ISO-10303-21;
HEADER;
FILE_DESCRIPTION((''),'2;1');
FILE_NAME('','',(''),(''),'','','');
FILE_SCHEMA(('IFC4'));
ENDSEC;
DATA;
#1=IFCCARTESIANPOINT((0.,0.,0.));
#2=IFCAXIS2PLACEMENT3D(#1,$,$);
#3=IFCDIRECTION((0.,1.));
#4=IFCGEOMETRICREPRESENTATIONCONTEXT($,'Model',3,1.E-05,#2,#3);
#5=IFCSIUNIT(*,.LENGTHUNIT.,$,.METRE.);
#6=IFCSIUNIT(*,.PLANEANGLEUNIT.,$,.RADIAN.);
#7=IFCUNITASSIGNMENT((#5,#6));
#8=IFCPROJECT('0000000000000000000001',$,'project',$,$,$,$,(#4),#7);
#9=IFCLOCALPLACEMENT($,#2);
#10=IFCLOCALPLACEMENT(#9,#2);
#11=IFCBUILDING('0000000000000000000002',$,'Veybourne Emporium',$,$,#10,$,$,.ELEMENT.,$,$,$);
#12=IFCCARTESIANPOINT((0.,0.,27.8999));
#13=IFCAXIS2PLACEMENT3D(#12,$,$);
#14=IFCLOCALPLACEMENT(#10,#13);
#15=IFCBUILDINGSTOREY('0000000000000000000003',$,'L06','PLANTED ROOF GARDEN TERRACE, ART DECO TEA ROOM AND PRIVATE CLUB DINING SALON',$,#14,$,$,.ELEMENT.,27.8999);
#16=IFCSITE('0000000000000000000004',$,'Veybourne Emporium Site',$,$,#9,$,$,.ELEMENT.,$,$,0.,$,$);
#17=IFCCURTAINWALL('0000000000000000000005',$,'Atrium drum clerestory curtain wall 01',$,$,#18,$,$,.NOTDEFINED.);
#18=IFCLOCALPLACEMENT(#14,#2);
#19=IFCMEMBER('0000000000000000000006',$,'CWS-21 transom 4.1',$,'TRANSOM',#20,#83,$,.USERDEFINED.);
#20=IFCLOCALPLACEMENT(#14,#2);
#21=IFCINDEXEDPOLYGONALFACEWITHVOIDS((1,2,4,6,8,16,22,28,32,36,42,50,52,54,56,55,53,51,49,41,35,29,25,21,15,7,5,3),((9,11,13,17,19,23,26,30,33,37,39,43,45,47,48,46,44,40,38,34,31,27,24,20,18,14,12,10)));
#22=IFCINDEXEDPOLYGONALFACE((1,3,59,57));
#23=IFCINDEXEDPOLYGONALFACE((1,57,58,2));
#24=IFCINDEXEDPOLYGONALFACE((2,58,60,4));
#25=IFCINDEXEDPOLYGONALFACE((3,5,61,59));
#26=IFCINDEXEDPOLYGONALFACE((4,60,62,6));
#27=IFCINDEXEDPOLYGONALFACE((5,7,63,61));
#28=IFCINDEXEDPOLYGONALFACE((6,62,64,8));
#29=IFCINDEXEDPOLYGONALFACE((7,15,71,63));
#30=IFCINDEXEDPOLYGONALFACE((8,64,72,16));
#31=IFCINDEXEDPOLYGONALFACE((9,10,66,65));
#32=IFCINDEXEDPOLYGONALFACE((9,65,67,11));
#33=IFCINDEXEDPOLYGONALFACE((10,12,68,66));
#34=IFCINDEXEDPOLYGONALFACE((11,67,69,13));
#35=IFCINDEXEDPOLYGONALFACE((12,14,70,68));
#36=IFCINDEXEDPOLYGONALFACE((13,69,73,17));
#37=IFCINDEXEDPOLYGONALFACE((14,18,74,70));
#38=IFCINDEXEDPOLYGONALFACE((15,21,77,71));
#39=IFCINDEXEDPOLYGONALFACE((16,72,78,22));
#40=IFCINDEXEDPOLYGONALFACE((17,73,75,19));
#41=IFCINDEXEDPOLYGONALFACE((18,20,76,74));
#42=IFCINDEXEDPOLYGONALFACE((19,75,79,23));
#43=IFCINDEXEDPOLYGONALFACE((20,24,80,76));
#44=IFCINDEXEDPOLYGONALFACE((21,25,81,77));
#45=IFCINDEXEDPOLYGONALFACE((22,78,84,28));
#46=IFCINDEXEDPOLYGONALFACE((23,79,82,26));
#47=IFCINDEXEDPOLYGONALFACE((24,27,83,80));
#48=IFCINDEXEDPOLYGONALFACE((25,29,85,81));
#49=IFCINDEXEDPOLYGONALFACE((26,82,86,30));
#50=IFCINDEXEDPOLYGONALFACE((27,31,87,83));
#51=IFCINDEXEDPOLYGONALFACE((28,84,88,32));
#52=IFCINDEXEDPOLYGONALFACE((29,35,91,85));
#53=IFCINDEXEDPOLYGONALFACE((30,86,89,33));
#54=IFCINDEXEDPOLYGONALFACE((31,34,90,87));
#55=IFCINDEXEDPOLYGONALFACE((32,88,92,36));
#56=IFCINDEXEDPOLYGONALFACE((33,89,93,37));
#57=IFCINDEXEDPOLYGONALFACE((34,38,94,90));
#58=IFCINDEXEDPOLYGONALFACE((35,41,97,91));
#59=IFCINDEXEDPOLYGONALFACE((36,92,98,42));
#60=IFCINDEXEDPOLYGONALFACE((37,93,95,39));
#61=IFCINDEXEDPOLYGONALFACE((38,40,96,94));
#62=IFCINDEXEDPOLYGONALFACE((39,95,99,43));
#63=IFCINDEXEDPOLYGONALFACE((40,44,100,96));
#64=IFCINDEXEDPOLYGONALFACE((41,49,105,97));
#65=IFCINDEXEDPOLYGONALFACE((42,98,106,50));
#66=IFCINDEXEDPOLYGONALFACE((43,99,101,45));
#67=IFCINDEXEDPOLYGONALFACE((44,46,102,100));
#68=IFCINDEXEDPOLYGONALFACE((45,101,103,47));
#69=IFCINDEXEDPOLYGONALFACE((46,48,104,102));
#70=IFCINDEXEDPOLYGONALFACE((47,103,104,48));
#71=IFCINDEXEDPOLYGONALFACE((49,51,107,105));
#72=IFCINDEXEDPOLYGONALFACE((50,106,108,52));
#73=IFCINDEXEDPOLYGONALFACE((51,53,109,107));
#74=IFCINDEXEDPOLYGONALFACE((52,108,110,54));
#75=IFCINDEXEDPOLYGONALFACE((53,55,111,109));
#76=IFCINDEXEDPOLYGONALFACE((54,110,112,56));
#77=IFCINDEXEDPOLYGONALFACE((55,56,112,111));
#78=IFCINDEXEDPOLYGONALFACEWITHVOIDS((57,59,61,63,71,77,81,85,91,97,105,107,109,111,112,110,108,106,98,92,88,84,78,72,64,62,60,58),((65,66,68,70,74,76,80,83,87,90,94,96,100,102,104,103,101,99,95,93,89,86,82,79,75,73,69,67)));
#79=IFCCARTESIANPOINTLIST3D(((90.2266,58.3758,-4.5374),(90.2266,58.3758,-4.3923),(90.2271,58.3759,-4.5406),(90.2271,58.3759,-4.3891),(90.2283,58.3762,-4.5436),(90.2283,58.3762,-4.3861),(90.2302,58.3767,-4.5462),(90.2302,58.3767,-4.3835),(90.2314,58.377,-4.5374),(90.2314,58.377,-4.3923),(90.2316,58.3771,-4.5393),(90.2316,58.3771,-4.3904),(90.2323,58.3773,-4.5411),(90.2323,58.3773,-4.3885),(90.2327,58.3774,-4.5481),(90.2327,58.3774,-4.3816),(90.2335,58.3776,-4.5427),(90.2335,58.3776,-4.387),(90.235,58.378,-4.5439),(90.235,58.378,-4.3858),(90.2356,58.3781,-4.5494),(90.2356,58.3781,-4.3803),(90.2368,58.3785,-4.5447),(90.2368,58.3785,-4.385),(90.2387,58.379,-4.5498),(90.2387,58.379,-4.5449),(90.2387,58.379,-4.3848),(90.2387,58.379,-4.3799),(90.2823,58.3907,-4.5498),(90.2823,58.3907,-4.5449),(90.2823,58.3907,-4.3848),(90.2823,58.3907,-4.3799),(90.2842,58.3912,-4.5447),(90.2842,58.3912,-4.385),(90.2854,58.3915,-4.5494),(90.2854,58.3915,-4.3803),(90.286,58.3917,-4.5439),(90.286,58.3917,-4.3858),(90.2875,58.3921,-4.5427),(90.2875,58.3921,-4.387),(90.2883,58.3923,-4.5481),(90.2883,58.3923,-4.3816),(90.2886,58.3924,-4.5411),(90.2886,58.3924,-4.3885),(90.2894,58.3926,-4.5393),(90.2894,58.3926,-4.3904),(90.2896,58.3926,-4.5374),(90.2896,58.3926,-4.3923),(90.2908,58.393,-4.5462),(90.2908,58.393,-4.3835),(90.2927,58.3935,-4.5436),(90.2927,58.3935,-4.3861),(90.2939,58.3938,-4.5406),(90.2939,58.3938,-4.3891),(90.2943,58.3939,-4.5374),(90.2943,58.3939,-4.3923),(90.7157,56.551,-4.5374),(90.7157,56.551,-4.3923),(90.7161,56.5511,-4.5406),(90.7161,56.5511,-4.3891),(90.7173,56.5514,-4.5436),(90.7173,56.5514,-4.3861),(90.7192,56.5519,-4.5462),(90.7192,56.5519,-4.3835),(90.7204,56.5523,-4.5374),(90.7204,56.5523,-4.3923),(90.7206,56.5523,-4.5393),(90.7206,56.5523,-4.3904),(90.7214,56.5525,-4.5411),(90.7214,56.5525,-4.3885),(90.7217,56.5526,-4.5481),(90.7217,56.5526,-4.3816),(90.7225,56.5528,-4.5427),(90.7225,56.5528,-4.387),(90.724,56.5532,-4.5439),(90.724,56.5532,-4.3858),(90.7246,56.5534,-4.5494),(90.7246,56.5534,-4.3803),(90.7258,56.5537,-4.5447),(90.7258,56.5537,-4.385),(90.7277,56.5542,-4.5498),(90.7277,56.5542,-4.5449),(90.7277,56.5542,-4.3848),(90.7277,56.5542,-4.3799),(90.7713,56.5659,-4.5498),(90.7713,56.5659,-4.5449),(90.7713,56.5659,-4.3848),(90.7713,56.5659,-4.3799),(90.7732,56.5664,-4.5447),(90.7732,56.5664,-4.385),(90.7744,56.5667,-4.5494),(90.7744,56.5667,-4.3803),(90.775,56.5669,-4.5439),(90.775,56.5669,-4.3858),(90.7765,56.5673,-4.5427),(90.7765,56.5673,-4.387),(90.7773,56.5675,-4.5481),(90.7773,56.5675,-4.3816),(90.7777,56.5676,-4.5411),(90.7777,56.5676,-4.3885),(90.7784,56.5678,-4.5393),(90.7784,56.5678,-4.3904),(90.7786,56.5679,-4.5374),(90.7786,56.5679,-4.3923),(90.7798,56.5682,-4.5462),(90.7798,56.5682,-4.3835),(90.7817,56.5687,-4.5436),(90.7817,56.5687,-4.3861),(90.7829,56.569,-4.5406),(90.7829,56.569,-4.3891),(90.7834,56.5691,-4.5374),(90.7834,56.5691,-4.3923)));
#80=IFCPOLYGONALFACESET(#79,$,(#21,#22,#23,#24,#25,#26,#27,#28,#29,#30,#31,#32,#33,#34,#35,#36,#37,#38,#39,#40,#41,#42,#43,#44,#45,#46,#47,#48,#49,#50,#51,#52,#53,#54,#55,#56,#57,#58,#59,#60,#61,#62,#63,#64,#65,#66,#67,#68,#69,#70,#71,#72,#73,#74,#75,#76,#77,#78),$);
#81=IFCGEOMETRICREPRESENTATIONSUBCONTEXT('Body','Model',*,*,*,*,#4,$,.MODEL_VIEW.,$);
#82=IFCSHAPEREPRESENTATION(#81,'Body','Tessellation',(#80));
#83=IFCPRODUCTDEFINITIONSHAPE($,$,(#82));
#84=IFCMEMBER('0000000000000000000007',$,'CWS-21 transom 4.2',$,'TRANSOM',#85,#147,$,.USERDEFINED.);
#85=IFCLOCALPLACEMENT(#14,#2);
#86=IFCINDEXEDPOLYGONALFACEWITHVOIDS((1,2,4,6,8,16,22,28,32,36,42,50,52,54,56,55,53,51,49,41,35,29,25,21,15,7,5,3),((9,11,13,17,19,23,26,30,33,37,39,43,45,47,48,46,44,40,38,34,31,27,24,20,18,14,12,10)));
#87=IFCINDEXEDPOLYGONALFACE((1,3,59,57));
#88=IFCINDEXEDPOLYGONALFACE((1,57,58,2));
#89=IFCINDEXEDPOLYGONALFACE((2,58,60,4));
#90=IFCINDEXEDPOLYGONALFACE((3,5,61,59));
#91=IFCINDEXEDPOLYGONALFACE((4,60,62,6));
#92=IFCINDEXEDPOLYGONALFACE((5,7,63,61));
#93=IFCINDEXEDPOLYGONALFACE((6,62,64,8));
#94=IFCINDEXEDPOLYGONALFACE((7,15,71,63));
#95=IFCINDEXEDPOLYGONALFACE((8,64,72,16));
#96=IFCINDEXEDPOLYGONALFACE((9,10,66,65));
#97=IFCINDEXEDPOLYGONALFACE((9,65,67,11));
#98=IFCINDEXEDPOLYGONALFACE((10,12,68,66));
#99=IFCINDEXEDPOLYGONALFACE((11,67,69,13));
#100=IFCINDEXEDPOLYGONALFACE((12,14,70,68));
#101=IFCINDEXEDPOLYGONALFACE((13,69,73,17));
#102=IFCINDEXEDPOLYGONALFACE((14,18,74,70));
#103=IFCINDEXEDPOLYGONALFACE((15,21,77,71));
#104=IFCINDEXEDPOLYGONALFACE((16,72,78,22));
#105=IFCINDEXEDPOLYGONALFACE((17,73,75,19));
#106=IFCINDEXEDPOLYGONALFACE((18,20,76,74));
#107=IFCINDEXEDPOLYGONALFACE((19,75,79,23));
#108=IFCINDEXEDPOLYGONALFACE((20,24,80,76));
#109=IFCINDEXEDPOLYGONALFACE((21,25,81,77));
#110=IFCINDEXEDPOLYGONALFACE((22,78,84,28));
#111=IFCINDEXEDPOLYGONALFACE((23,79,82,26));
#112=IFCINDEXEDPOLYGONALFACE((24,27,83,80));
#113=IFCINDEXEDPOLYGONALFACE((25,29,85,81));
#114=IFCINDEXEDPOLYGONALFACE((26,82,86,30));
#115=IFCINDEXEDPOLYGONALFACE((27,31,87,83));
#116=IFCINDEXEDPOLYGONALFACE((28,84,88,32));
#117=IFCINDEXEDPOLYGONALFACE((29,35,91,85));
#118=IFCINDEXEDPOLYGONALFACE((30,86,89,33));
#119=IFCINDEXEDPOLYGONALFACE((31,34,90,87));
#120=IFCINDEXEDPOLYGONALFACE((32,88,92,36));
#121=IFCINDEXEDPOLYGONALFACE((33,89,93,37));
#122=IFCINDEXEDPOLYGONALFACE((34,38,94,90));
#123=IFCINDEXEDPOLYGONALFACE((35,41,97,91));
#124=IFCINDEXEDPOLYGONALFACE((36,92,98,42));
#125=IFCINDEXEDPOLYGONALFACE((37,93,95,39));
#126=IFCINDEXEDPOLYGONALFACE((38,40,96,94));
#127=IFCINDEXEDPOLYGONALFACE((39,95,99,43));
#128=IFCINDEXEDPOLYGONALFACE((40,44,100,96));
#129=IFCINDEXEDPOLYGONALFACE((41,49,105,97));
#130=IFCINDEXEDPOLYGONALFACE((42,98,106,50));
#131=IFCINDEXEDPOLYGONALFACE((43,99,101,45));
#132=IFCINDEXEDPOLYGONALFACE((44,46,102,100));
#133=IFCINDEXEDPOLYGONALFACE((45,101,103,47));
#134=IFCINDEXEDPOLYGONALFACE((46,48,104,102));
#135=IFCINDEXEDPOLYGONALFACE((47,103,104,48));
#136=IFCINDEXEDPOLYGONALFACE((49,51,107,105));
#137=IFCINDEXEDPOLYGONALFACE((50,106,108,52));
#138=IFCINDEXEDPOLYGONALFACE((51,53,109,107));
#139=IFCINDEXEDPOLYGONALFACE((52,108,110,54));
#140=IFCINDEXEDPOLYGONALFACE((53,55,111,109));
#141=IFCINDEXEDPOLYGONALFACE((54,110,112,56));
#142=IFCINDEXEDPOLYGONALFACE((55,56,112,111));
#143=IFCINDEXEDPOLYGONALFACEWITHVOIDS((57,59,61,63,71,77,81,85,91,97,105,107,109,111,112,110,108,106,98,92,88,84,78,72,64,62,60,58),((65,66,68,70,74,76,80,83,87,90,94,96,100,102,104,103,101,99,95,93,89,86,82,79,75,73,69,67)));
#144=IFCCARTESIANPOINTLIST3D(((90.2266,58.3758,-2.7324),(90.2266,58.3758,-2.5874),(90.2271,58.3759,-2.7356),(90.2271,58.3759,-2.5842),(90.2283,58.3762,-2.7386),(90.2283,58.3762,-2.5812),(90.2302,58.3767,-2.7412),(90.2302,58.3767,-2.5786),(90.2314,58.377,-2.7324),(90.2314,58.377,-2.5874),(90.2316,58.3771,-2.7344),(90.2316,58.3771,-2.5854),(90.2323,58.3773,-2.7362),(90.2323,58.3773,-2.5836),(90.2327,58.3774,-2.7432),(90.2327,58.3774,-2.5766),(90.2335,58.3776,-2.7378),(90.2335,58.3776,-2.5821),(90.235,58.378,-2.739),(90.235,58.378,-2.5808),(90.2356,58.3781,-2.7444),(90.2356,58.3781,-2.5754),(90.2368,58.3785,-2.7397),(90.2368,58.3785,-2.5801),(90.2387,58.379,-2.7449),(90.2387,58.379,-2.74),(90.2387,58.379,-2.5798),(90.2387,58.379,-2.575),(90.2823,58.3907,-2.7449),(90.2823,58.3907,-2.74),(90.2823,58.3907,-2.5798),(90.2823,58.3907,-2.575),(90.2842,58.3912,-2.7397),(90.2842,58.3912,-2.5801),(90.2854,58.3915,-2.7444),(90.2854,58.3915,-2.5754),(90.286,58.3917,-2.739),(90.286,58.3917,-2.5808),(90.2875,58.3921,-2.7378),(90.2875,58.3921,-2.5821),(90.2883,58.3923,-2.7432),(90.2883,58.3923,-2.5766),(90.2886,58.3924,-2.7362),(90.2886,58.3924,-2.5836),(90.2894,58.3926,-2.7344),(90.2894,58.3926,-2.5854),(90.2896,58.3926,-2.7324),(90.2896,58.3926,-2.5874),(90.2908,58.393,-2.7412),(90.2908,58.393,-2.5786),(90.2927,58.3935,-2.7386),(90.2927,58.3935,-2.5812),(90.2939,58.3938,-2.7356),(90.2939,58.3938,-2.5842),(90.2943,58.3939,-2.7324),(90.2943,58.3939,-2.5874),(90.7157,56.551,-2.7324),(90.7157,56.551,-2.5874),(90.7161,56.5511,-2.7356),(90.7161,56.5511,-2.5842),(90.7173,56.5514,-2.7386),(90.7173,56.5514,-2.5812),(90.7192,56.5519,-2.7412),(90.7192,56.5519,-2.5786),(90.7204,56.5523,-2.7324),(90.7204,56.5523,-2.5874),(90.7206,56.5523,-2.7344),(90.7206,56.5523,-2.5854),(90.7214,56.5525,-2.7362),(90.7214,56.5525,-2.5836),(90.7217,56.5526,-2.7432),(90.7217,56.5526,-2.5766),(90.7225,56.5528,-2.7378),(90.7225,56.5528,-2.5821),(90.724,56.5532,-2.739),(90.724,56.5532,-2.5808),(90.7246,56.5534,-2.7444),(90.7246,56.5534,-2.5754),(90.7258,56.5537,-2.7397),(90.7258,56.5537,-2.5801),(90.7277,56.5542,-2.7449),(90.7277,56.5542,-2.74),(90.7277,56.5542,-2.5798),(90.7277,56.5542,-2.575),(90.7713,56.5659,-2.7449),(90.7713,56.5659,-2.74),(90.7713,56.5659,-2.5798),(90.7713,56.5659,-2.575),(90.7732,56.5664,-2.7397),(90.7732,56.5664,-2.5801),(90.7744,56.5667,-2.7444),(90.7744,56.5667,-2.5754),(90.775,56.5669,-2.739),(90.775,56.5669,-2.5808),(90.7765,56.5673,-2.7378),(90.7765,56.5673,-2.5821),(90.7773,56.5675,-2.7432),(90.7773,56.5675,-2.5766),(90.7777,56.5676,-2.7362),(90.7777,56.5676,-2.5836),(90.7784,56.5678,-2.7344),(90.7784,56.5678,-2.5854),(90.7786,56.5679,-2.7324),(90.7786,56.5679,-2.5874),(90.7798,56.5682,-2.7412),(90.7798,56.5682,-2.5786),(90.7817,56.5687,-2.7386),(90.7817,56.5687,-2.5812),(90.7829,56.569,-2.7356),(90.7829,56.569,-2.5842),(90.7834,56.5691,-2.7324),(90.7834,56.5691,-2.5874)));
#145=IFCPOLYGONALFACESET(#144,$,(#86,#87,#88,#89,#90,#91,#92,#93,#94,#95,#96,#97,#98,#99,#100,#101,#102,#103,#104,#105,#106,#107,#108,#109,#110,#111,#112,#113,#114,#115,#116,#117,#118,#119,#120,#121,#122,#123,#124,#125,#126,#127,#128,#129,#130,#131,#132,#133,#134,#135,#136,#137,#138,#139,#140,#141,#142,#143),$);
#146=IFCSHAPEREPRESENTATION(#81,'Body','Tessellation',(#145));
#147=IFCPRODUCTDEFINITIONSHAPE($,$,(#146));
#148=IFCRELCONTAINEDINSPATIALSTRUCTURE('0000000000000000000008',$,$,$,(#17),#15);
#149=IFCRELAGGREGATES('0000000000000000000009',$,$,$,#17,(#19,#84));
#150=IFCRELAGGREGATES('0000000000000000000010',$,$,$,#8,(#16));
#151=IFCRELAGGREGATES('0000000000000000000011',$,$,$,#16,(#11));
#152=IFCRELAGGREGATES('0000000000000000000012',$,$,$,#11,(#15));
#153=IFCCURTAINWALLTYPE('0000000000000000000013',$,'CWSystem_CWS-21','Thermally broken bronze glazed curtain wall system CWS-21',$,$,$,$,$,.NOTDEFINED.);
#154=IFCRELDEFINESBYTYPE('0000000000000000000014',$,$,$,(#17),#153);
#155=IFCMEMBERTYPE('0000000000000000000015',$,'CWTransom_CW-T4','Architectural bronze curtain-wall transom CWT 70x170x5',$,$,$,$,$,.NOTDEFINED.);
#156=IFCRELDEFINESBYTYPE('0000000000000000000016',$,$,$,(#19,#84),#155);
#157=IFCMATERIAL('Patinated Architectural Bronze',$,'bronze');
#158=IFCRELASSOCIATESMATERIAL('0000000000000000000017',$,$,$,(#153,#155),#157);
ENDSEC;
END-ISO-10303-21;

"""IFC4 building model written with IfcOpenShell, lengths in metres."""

from ifc_helpers import new_model, si_unit, direction, frame, origin, origin_2d, place, context, subcontext, project, spatial, hollow_rectangle, extrude, material, material_profile, profile_set, type_object, element, aggregate, save


model = new_model("IFC4")

# Units and contexts
model_context = context("Model", 3, precision=1e-05, world=origin(), true_north=direction((0.0, 1.0)))
body_context = subcontext(model_context, "Body", "Model", "MODEL_VIEW")
ifc_project = project(units=[si_unit("LENGTHUNIT", "METRE"), si_unit("PLANEANGLEUNIT", "RADIAN")], contexts=[model_context])

# Site, building, storey
site_placement = place(None, origin())
site = spatial("IfcSite", under=ifc_project, at=site_placement, Name="Veybourne Emporium Site", CompositionType="ELEMENT", RefElevation=0.0)
building_placement = place(site_placement, origin())
building = spatial("IfcBuilding", under=site, at=building_placement, Name="Veybourne Emporium", CompositionType="ELEMENT")
storey_placement = place(building_placement, frame((0.0, 0.0, 27.8999)))
storey = spatial("IfcBuildingStorey", under=building, at=storey_placement, Name="L06", Description="PLANTED ROOF GARDEN TERRACE, ART DECO TEA ROOM AND PRIVATE CLUB DINING SALON", CompositionType="ELEMENT", Elevation=27.8999)

# Curtain wall
ifc_material_1 = material(Name="Patinated Architectural Bronze", Category="bronze")
curtain_wall_type_1 = type_object("IfcCurtainWallType", Name="CWSystem_CWS-21", Description="Thermally broken bronze glazed curtain wall system CWS-21", PredefinedType="NOTDEFINED", material=ifc_material_1)
curtain_wall_1_placement = place(storey_placement, origin())
curtain_wall_1 = element("IfcCurtainWall", 1, at=curtain_wall_1_placement, inside=storey, type_object=curtain_wall_type_1, Name="Atrium drum clerestory curtain wall 01", PredefinedType="NOTDEFINED")

# Members
ifc_material_profile_1 = material_profile(ifc_material_1, hollow_rectangle(XDim=0.0701, YDim=0.1699, WallThickness=0.0049, InnerFilletRadius=0.0076, OuterFilletRadius=0.0125, at=origin_2d()), Name="CWT 70x170x5")
ifc_profile_set_1 = profile_set([ifc_material_profile_1], Name="Patinated Architectural Bronze")
member_type_1 = type_object("IfcMemberType", Name="CWTransom_CW-T4", Description="Architectural bronze curtain-wall transom CWT 70x170x5", PredefinedType="NOTDEFINED", material=ifc_profile_set_1)
member_1_placement = place(storey_placement, frame((90.7495, 56.5601, -4.4648), z_axis=(-0.258861, 0.965915, 0.0), x_axis=(-0.965915, -0.258861, 0.0)))
member_1 = element("IfcMember", 2, at=member_1_placement, type_object=member_type_1, Name="CWS-21 transom 4.1", ObjectType="TRANSOM", PredefinedType="USERDEFINED", context=body_context, shape_type="SweptSolid", body=[
    extrude(hollow_rectangle(XDim=0.0701, YDim=0.1699, WallThickness=0.0049, InnerFilletRadius=0.0076, OuterFilletRadius=0.0125, at=origin_2d()), origin(), (0.0, 0.0, 1.0), 1.8892),
])
member_2_placement = place(storey_placement, frame((90.7495, 56.5601, -2.6599), z_axis=(-0.258861, 0.965915, 0.0), x_axis=(-0.965915, -0.258861, 0.0)))
member_2 = element("IfcMember", 3, at=member_2_placement, type_object=member_type_1, Name="CWS-21 transom 4.2", ObjectType="TRANSOM", PredefinedType="USERDEFINED", context=body_context, shape_type="SweptSolid", body=[
    extrude(hollow_rectangle(XDim=0.0701, YDim=0.1699, WallThickness=0.0049, InnerFilletRadius=0.0076, OuterFilletRadius=0.0125, at=origin_2d()), origin(), (0.0, 0.0, 1.0), 1.8892),
])

aggregate(curtain_wall_1, [member_1, member_2])

save(model, "model.ifc")
